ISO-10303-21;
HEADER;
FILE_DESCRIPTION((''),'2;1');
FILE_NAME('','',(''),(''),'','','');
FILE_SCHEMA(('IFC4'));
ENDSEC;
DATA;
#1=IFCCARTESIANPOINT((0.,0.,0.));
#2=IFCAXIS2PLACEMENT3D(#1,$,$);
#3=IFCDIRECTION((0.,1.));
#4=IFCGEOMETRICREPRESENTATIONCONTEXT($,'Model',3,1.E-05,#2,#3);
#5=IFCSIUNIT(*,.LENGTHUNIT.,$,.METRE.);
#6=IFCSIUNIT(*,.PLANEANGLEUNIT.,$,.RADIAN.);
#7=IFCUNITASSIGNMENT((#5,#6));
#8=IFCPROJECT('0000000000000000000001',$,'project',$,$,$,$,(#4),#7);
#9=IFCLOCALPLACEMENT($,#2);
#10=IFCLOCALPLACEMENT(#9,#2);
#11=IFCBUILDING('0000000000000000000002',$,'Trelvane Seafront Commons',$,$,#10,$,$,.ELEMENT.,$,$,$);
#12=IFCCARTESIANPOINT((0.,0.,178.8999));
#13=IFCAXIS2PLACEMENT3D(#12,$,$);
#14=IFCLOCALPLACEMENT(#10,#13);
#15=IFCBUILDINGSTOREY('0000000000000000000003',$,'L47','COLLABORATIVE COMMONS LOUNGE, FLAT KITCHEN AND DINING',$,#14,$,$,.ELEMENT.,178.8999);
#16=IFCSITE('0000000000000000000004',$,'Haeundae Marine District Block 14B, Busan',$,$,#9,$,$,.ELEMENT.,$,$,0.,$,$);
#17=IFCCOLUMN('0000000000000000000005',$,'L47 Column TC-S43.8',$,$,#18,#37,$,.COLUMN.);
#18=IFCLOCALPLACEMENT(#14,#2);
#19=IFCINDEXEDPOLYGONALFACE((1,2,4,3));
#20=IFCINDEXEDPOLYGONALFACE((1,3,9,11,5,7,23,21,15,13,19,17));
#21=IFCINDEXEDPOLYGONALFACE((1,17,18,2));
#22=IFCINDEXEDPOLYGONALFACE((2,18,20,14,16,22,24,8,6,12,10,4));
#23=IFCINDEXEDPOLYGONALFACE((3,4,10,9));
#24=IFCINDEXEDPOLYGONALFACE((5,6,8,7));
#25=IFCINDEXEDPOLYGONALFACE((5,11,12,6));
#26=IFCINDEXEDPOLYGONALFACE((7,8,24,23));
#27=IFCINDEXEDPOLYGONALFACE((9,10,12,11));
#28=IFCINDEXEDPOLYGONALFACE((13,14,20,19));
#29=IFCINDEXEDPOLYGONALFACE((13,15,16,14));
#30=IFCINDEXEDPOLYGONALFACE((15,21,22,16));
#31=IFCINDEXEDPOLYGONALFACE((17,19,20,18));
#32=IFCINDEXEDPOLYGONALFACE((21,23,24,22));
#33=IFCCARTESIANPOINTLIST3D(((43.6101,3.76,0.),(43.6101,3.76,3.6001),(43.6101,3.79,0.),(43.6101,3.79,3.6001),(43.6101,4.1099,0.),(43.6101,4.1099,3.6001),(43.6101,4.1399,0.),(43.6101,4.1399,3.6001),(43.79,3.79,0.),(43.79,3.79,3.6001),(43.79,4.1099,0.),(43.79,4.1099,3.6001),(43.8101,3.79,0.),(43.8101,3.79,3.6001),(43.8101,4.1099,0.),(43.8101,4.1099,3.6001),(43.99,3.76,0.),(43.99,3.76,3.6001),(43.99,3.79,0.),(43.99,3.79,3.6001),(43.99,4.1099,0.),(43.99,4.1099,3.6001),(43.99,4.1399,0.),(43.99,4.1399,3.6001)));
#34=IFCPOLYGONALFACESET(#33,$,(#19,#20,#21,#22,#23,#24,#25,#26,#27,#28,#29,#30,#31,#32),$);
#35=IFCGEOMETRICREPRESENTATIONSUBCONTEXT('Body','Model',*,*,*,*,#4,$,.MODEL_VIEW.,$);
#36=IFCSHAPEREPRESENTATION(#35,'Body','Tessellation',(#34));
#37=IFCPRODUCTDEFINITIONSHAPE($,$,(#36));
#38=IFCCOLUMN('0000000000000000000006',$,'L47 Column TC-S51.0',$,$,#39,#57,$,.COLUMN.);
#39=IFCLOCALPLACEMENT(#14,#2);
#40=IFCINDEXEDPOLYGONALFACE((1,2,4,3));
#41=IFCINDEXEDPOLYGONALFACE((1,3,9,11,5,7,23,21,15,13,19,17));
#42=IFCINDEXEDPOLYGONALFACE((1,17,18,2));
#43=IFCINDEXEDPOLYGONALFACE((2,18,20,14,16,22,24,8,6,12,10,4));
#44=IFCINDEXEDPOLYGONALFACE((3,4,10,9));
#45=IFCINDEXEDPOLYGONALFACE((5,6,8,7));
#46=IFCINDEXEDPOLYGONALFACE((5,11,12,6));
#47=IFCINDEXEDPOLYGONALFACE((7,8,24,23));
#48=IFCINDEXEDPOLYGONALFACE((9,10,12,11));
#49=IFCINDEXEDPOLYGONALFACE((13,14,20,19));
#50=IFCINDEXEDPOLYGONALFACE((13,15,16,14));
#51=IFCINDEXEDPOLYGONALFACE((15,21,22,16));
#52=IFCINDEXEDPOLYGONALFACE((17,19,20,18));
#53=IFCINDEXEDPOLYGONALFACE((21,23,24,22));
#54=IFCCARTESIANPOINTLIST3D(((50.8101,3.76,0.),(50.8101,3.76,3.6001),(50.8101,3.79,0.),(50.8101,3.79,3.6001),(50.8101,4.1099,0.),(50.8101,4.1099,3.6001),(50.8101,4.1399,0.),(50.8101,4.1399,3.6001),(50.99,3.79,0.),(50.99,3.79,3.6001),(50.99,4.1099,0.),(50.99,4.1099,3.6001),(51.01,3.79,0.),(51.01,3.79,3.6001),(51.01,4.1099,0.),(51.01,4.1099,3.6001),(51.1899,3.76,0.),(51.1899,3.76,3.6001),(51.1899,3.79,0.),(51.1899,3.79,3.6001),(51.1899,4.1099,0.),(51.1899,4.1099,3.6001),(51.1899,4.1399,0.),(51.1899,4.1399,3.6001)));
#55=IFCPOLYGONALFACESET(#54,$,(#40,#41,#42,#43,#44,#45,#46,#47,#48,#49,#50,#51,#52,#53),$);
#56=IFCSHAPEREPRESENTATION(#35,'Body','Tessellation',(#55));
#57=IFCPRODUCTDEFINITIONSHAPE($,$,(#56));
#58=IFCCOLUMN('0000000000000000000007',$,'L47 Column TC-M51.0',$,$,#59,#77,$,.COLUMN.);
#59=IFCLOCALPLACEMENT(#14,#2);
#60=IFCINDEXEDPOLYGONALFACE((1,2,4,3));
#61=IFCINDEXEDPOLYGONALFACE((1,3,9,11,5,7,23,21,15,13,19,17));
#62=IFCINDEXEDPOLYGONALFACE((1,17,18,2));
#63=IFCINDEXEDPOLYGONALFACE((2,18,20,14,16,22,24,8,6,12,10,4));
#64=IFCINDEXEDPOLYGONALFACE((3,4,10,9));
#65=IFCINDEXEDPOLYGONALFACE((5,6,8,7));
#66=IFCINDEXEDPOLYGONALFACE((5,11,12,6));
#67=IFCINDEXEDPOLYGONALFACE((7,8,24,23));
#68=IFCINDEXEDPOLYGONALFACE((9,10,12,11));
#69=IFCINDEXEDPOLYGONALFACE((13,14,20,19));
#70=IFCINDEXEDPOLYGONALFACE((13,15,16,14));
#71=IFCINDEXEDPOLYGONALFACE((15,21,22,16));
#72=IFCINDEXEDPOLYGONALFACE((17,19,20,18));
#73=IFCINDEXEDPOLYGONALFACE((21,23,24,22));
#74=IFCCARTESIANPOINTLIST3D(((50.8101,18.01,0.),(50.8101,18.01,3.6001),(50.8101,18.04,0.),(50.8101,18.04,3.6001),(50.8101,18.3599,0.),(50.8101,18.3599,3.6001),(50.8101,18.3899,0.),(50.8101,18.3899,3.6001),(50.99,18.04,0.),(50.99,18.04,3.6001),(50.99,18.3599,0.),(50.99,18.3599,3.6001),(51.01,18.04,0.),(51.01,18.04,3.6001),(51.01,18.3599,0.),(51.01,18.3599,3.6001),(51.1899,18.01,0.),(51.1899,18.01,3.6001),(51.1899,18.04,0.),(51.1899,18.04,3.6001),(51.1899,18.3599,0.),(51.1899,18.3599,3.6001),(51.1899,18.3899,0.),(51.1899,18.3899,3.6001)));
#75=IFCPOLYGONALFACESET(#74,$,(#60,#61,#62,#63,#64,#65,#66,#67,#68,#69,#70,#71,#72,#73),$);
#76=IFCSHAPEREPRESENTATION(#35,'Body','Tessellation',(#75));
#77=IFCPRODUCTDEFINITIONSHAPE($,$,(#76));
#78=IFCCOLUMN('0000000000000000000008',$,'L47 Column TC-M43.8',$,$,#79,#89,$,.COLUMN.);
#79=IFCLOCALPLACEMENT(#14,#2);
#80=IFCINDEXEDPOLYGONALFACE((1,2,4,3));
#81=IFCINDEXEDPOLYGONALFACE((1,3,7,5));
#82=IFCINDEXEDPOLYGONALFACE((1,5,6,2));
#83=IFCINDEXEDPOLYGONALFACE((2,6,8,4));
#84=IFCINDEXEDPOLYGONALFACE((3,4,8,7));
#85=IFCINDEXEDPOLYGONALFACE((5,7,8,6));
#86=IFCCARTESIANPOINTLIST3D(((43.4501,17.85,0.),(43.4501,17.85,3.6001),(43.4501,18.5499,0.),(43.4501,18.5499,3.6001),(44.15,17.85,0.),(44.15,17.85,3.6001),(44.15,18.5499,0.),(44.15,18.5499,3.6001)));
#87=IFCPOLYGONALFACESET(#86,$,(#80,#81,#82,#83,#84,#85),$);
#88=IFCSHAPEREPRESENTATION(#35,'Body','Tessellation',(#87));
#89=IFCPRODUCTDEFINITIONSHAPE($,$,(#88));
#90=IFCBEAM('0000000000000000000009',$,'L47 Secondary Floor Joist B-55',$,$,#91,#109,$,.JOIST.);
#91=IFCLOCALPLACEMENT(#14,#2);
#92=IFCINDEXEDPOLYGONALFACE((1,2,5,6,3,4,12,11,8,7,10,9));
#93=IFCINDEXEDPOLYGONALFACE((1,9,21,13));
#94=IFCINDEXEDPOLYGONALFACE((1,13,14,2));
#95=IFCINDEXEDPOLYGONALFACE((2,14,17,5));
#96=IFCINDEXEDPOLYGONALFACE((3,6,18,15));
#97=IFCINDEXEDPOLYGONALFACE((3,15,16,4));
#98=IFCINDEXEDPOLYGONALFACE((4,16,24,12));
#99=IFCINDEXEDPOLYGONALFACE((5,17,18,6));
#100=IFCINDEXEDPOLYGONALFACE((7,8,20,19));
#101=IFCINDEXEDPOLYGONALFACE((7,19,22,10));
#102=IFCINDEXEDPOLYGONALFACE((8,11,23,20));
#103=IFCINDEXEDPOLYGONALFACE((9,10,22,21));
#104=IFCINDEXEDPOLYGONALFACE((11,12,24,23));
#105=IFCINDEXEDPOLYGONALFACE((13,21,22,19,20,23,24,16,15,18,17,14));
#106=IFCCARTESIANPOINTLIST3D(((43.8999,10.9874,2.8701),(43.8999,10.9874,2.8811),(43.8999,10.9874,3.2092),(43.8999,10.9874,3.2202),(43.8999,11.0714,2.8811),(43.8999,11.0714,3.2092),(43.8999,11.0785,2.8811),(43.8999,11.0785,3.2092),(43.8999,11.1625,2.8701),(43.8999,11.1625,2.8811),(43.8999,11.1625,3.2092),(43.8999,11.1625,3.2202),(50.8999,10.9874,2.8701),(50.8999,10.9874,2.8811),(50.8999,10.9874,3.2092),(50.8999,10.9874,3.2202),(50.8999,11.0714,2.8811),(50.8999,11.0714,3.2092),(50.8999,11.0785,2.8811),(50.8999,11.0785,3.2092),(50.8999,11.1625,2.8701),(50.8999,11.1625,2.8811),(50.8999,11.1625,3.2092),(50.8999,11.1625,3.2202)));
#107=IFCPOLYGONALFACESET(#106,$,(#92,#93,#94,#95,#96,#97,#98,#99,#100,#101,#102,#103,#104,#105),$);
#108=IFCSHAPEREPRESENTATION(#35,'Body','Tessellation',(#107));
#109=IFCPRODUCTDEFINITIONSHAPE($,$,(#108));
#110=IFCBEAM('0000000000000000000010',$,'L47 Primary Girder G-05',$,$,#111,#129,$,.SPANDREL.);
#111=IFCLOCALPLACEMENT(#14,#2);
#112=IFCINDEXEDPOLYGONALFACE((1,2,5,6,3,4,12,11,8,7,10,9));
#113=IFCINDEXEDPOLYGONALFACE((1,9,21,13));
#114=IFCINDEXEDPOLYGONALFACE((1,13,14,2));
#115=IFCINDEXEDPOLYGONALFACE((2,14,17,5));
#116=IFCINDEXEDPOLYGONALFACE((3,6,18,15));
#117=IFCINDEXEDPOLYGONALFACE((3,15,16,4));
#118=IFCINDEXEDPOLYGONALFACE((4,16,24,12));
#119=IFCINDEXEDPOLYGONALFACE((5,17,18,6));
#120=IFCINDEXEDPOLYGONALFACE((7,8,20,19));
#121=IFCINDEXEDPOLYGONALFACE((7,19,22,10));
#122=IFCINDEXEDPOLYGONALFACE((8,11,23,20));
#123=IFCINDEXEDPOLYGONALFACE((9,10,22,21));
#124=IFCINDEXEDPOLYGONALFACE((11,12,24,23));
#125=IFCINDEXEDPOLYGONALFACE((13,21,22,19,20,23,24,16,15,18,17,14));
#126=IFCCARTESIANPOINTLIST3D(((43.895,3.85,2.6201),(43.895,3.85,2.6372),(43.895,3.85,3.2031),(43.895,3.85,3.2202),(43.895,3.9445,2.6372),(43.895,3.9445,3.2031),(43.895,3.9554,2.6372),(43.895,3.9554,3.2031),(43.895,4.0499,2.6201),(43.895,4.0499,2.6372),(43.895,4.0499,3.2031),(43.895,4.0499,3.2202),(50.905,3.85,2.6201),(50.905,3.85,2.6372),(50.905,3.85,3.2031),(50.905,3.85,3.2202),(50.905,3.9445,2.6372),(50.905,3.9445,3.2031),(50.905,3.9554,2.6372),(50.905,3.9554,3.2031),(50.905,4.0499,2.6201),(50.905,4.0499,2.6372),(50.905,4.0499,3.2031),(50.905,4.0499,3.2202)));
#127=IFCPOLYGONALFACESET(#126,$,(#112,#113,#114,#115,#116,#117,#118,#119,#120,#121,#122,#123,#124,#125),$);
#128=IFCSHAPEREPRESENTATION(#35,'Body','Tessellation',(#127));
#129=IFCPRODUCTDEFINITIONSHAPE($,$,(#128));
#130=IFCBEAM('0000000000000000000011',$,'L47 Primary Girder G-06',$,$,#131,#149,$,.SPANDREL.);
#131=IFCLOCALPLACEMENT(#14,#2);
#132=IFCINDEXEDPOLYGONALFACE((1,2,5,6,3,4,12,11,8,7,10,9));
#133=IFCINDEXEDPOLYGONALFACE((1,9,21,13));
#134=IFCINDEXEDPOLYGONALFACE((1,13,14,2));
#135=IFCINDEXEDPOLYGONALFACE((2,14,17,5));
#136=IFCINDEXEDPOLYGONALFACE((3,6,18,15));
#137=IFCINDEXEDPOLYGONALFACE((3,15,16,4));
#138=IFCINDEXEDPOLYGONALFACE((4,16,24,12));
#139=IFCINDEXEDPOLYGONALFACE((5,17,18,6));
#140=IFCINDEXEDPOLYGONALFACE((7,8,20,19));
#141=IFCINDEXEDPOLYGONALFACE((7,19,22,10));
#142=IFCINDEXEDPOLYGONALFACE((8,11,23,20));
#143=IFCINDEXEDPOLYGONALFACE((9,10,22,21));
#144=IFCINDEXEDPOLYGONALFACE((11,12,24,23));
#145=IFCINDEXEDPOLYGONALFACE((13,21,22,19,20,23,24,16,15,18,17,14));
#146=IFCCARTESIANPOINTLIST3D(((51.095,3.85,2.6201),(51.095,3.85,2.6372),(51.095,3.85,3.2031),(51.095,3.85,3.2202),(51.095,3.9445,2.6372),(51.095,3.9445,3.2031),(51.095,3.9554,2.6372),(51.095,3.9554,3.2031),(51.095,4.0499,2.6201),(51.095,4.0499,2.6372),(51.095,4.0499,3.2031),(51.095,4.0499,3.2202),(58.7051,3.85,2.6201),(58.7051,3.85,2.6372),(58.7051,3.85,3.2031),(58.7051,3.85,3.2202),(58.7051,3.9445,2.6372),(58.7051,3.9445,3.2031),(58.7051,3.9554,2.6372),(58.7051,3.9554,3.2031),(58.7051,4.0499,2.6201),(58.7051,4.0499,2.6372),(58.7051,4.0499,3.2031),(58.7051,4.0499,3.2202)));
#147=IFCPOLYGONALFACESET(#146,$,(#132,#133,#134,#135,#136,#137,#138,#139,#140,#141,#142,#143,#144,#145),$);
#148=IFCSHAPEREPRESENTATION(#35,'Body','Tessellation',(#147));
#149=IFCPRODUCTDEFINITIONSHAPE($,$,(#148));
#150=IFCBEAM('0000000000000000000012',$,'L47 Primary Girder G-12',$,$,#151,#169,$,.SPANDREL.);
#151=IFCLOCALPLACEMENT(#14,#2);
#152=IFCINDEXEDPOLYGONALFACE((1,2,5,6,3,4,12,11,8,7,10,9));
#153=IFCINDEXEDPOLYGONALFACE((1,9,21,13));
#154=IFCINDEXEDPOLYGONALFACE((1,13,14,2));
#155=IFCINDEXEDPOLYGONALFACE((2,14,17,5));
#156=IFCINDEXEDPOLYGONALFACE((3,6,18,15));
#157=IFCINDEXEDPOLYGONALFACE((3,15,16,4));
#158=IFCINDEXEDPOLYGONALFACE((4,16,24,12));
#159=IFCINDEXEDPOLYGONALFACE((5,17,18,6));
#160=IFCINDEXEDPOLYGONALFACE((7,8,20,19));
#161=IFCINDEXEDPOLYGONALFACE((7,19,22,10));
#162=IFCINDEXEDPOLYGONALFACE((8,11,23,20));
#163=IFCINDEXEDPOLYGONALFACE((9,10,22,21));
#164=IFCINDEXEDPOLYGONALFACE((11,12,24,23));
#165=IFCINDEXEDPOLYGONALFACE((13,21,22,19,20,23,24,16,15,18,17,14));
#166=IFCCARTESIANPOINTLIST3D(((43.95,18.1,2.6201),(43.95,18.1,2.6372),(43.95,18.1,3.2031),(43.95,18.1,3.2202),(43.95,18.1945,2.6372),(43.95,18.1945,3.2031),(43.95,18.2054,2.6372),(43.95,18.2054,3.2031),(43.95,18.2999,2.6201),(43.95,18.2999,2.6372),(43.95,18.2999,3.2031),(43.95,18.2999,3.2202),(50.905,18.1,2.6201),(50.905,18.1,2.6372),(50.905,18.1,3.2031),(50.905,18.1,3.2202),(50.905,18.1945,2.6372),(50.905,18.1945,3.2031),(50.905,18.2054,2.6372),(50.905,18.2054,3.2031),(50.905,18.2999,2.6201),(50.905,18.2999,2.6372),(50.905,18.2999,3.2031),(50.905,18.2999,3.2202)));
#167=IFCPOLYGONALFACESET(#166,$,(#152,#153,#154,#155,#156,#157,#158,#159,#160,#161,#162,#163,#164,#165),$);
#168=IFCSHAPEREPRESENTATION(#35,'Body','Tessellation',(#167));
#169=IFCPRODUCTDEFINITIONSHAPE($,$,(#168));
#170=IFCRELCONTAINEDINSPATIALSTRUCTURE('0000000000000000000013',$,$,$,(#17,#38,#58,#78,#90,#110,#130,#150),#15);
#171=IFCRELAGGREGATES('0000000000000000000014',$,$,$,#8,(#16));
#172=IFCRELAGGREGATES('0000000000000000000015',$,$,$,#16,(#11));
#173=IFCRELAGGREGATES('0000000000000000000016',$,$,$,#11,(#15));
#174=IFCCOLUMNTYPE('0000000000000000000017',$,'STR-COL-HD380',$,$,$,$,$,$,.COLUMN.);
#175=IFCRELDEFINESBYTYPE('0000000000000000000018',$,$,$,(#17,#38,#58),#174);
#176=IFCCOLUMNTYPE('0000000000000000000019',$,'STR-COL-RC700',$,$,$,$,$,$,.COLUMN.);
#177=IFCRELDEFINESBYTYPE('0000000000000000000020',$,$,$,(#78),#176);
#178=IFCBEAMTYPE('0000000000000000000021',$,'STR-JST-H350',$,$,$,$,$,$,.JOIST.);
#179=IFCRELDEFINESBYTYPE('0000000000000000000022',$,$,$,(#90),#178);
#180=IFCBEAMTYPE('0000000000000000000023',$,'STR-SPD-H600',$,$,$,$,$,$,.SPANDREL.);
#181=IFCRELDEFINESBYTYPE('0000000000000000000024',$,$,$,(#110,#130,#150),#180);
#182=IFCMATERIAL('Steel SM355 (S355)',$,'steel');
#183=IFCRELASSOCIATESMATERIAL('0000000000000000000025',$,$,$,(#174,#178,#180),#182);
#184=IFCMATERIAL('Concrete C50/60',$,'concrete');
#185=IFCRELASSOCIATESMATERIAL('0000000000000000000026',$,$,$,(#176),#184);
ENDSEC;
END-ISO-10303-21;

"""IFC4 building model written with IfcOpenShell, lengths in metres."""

from ifc_helpers import new_model, si_unit, direction, frame, origin, origin_2d, place, context, subcontext, project, spatial, rectangle, i_section, extrude, source, transform, mapped, material, material_profile, profile_set, type_object, element, save


model = new_model("IFC4")

# Units and contexts
model_context = context("Model", 3, precision=1e-05, world=origin(), true_north=direction((0.0, 1.0)))
body_context = subcontext(model_context, "Body", "Model", "MODEL_VIEW")
ifc_project = project(units=[si_unit("LENGTHUNIT", "METRE"), si_unit("PLANEANGLEUNIT", "RADIAN")], contexts=[model_context])

# Site, building, storey
site_placement = place(None, origin())
site = spatial("IfcSite", under=ifc_project, at=site_placement, Name="Haeundae Marine District Block 14B, Busan", CompositionType="ELEMENT", RefElevation=0.0)
building_placement = place(site_placement, origin())
building = spatial("IfcBuilding", under=site, at=building_placement, Name="Trelvane Seafront Commons", CompositionType="ELEMENT")
storey_placement = place(building_placement, frame((0.0, 0.0, 178.8999)))
storey = spatial("IfcBuildingStorey", under=building, at=storey_placement, Name="L47", Description="COLLABORATIVE COMMONS LOUNGE, FLAT KITCHEN AND DINING", CompositionType="ELEMENT", Elevation=178.8999)

# Columns
ifc_material_1 = material(Name="Steel SM355 (S355)", Category="steel")
ifc_material_profile_1 = material_profile(ifc_material_1, i_section(OverallWidth=0.3799, OverallDepth=0.3799, WebThickness=0.02, FlangeThickness=0.03, at=origin_2d()), Name="HD-380x380x20x30")
ifc_profile_set_1 = profile_set([ifc_material_profile_1], Name="Steel SM355 (S355)")
column_type_1 = type_object("IfcColumnType", Name="STR-COL-HD380", PredefinedType="COLUMN", material=ifc_profile_set_1)
shared_shape_1 = source(origin(), body_context, "Body", "SweptSolid", [
    extrude(i_section(OverallWidth=0.3799, OverallDepth=0.3799, WebThickness=0.02, FlangeThickness=0.03, at=origin_2d()), origin(), (0.0, 0.0, 1.0), 3.6001),
])
for number, where, z_axis, x_axis, name in (
    (1, (43.8, 3.95, 0.0), (0.0, 0.0, 1.0), (1.0, 0.0, 0.0), "L47 Column TC-S43.8"),
    (2, (51.0, 3.95, 0.0), (0.0, 0.0, 1.0), (1.0, 0.0, 0.0), "L47 Column TC-S51.0"),
    (3, (51.0, 18.2, 0.0), (0.0, 0.0, 1.0), (1.0, 0.0, 0.0), "L47 Column TC-M51.0"),
):
    element("IfcColumn", number, at=place(storey_placement, frame(where, z_axis=z_axis, x_axis=x_axis)), inside=storey, type_object=column_type_1, Name=name, PredefinedType="COLUMN", context=body_context, shape_type="MappedRepresentation", body=[
        mapped(shared_shape_1, transform((0.0, 0.0, 0.0), x_axis=(1.0, 0.0, 0.0), y_axis=(0.0, 1.0, 0.0), z_axis=(0.0, 0.0, 1.0), scale=1.0)),
    ])
ifc_material_2 = material(Name="Concrete C50/60", Category="concrete")
ifc_material_profile_2 = material_profile(ifc_material_2, rectangle(XDim=0.7, YDim=0.7, at=origin_2d()), Name="RC-700x700")
ifc_profile_set_2 = profile_set([ifc_material_profile_2], Name="Concrete C50/60")
column_type_2 = type_object("IfcColumnType", Name="STR-COL-RC700", PredefinedType="COLUMN", material=ifc_profile_set_2)
shared_shape_2 = source(origin(), body_context, "Body", "SweptSolid", [
    extrude(rectangle(XDim=0.7, YDim=0.7, at=origin_2d()), origin(), (0.0, 0.0, 1.0), 3.6001),
])
column_placement = place(storey_placement, frame((43.8, 18.2, 0.0), z_axis=(0.0, 0.0, 1.0), x_axis=(1.0, 0.0, 0.0)))
element("IfcColumn", 4, at=column_placement, inside=storey, type_object=column_type_2, Name="L47 Column TC-M43.8", PredefinedType="COLUMN", context=body_context, shape_type="MappedRepresentation", body=[
    mapped(shared_shape_2, transform((0.0, 0.0, 0.0), x_axis=(1.0, 0.0, 0.0), y_axis=(0.0, 1.0, 0.0), z_axis=(0.0, 0.0, 1.0), scale=1.0)),
])

# Beams
ifc_material_profile_3 = material_profile(ifc_material_1, i_section(OverallWidth=0.175, OverallDepth=0.3501, WebThickness=0.0071, FlangeThickness=0.011, at=origin_2d()), Name="H-350x175x7x11")
ifc_profile_set_3 = profile_set([ifc_material_profile_3], Name="Steel SM355 (S355)")
beam_type_1 = type_object("IfcBeamType", Name="STR-JST-H350", PredefinedType="JOIST", material=ifc_profile_set_3)
shared_shape_3 = source(origin(), body_context, "Body", "SweptSolid", [
    extrude(i_section(OverallWidth=0.175, OverallDepth=0.3501, WebThickness=0.0071, FlangeThickness=0.011, at=origin_2d()), origin(), (0.0, 0.0, 1.0), 7.0),
])
beam_1_placement = place(storey_placement, frame((43.8999, 11.075, 3.0452), z_axis=(1.0, 0.0, 0.0), x_axis=(0.0, 1.0, 0.0)))
element("IfcBeam", 5, at=beam_1_placement, inside=storey, type_object=beam_type_1, Name="L47 Secondary Floor Joist B-55", PredefinedType="JOIST", context=body_context, shape_type="MappedRepresentation", body=[
    mapped(shared_shape_3, transform((0.0, 0.0, 0.0), x_axis=(1.0, 0.0, 0.0), y_axis=(0.0, 1.0, 0.0), z_axis=(0.0, 0.0, 1.0), scale=1.0)),
])
ifc_material_profile_4 = material_profile(ifc_material_1, i_section(OverallWidth=0.2, OverallDepth=0.6001, WebThickness=0.011, FlangeThickness=0.0171, at=origin_2d()), Name="H-600x200x11x17")
ifc_profile_set_4 = profile_set([ifc_material_profile_4], Name="Steel SM355 (S355)")
beam_type_2 = type_object("IfcBeamType", Name="STR-SPD-H600", PredefinedType="SPANDREL", material=ifc_profile_set_4)
shared_shape_4 = source(origin(), body_context, "Body", "SweptSolid", [
    extrude(i_section(OverallWidth=0.2, OverallDepth=0.6001, WebThickness=0.011, FlangeThickness=0.0171, at=origin_2d()), origin(), (0.0, 0.0, 1.0), 7.01),
])
beam_2_placement = place(storey_placement, frame((43.895, 3.95, 2.9202), z_axis=(1.0, 0.0, 0.0), x_axis=(0.0, 1.0, 0.0)))
element("IfcBeam", 6, at=beam_2_placement, inside=storey, type_object=beam_type_2, Name="L47 Primary Girder G-05", PredefinedType="SPANDREL", context=body_context, shape_type="MappedRepresentation", body=[
    mapped(shared_shape_4, transform((0.0, 0.0, 0.0), x_axis=(1.0, 0.0, 0.0), y_axis=(0.0, 1.0, 0.0), z_axis=(0.0, 0.0, 1.0), scale=1.0)),
])
shared_shape_5 = source(origin(), body_context, "Body", "SweptSolid", [
    extrude(i_section(OverallWidth=0.2, OverallDepth=0.6001, WebThickness=0.011, FlangeThickness=0.0171, at=origin_2d()), origin(), (0.0, 0.0, 1.0), 7.6101),
])
beam_3_placement = place(storey_placement, frame((51.095, 3.95, 2.9202), z_axis=(1.0, 0.0, 0.0), x_axis=(0.0, 1.0, 0.0)))
element("IfcBeam", 7, at=beam_3_placement, inside=storey, type_object=beam_type_2, Name="L47 Primary Girder G-06", PredefinedType="SPANDREL", context=body_context, shape_type="MappedRepresentation", body=[
    mapped(shared_shape_5, transform((0.0, 0.0, 0.0), x_axis=(1.0, 0.0, 0.0), y_axis=(0.0, 1.0, 0.0), z_axis=(0.0, 0.0, 1.0), scale=1.0)),
])
shared_shape_6 = source(origin(), body_context, "Body", "SweptSolid", [
    extrude(i_section(OverallWidth=0.2, OverallDepth=0.6001, WebThickness=0.011, FlangeThickness=0.0171, at=origin_2d()), origin(), (0.0, 0.0, 1.0), 6.9551),
])
beam_4_placement = place(storey_placement, frame((43.95, 18.2, 2.9202), z_axis=(1.0, 0.0, 0.0), x_axis=(0.0, 1.0, 0.0)))
element("IfcBeam", 8, at=beam_4_placement, inside=storey, type_object=beam_type_2, Name="L47 Primary Girder G-12", PredefinedType="SPANDREL", context=body_context, shape_type="MappedRepresentation", body=[
    mapped(shared_shape_6, transform((0.0, 0.0, 0.0), x_axis=(1.0, 0.0, 0.0), y_axis=(0.0, 1.0, 0.0), z_axis=(0.0, 0.0, 1.0), scale=1.0)),
])

save(model, "model.ifc")
